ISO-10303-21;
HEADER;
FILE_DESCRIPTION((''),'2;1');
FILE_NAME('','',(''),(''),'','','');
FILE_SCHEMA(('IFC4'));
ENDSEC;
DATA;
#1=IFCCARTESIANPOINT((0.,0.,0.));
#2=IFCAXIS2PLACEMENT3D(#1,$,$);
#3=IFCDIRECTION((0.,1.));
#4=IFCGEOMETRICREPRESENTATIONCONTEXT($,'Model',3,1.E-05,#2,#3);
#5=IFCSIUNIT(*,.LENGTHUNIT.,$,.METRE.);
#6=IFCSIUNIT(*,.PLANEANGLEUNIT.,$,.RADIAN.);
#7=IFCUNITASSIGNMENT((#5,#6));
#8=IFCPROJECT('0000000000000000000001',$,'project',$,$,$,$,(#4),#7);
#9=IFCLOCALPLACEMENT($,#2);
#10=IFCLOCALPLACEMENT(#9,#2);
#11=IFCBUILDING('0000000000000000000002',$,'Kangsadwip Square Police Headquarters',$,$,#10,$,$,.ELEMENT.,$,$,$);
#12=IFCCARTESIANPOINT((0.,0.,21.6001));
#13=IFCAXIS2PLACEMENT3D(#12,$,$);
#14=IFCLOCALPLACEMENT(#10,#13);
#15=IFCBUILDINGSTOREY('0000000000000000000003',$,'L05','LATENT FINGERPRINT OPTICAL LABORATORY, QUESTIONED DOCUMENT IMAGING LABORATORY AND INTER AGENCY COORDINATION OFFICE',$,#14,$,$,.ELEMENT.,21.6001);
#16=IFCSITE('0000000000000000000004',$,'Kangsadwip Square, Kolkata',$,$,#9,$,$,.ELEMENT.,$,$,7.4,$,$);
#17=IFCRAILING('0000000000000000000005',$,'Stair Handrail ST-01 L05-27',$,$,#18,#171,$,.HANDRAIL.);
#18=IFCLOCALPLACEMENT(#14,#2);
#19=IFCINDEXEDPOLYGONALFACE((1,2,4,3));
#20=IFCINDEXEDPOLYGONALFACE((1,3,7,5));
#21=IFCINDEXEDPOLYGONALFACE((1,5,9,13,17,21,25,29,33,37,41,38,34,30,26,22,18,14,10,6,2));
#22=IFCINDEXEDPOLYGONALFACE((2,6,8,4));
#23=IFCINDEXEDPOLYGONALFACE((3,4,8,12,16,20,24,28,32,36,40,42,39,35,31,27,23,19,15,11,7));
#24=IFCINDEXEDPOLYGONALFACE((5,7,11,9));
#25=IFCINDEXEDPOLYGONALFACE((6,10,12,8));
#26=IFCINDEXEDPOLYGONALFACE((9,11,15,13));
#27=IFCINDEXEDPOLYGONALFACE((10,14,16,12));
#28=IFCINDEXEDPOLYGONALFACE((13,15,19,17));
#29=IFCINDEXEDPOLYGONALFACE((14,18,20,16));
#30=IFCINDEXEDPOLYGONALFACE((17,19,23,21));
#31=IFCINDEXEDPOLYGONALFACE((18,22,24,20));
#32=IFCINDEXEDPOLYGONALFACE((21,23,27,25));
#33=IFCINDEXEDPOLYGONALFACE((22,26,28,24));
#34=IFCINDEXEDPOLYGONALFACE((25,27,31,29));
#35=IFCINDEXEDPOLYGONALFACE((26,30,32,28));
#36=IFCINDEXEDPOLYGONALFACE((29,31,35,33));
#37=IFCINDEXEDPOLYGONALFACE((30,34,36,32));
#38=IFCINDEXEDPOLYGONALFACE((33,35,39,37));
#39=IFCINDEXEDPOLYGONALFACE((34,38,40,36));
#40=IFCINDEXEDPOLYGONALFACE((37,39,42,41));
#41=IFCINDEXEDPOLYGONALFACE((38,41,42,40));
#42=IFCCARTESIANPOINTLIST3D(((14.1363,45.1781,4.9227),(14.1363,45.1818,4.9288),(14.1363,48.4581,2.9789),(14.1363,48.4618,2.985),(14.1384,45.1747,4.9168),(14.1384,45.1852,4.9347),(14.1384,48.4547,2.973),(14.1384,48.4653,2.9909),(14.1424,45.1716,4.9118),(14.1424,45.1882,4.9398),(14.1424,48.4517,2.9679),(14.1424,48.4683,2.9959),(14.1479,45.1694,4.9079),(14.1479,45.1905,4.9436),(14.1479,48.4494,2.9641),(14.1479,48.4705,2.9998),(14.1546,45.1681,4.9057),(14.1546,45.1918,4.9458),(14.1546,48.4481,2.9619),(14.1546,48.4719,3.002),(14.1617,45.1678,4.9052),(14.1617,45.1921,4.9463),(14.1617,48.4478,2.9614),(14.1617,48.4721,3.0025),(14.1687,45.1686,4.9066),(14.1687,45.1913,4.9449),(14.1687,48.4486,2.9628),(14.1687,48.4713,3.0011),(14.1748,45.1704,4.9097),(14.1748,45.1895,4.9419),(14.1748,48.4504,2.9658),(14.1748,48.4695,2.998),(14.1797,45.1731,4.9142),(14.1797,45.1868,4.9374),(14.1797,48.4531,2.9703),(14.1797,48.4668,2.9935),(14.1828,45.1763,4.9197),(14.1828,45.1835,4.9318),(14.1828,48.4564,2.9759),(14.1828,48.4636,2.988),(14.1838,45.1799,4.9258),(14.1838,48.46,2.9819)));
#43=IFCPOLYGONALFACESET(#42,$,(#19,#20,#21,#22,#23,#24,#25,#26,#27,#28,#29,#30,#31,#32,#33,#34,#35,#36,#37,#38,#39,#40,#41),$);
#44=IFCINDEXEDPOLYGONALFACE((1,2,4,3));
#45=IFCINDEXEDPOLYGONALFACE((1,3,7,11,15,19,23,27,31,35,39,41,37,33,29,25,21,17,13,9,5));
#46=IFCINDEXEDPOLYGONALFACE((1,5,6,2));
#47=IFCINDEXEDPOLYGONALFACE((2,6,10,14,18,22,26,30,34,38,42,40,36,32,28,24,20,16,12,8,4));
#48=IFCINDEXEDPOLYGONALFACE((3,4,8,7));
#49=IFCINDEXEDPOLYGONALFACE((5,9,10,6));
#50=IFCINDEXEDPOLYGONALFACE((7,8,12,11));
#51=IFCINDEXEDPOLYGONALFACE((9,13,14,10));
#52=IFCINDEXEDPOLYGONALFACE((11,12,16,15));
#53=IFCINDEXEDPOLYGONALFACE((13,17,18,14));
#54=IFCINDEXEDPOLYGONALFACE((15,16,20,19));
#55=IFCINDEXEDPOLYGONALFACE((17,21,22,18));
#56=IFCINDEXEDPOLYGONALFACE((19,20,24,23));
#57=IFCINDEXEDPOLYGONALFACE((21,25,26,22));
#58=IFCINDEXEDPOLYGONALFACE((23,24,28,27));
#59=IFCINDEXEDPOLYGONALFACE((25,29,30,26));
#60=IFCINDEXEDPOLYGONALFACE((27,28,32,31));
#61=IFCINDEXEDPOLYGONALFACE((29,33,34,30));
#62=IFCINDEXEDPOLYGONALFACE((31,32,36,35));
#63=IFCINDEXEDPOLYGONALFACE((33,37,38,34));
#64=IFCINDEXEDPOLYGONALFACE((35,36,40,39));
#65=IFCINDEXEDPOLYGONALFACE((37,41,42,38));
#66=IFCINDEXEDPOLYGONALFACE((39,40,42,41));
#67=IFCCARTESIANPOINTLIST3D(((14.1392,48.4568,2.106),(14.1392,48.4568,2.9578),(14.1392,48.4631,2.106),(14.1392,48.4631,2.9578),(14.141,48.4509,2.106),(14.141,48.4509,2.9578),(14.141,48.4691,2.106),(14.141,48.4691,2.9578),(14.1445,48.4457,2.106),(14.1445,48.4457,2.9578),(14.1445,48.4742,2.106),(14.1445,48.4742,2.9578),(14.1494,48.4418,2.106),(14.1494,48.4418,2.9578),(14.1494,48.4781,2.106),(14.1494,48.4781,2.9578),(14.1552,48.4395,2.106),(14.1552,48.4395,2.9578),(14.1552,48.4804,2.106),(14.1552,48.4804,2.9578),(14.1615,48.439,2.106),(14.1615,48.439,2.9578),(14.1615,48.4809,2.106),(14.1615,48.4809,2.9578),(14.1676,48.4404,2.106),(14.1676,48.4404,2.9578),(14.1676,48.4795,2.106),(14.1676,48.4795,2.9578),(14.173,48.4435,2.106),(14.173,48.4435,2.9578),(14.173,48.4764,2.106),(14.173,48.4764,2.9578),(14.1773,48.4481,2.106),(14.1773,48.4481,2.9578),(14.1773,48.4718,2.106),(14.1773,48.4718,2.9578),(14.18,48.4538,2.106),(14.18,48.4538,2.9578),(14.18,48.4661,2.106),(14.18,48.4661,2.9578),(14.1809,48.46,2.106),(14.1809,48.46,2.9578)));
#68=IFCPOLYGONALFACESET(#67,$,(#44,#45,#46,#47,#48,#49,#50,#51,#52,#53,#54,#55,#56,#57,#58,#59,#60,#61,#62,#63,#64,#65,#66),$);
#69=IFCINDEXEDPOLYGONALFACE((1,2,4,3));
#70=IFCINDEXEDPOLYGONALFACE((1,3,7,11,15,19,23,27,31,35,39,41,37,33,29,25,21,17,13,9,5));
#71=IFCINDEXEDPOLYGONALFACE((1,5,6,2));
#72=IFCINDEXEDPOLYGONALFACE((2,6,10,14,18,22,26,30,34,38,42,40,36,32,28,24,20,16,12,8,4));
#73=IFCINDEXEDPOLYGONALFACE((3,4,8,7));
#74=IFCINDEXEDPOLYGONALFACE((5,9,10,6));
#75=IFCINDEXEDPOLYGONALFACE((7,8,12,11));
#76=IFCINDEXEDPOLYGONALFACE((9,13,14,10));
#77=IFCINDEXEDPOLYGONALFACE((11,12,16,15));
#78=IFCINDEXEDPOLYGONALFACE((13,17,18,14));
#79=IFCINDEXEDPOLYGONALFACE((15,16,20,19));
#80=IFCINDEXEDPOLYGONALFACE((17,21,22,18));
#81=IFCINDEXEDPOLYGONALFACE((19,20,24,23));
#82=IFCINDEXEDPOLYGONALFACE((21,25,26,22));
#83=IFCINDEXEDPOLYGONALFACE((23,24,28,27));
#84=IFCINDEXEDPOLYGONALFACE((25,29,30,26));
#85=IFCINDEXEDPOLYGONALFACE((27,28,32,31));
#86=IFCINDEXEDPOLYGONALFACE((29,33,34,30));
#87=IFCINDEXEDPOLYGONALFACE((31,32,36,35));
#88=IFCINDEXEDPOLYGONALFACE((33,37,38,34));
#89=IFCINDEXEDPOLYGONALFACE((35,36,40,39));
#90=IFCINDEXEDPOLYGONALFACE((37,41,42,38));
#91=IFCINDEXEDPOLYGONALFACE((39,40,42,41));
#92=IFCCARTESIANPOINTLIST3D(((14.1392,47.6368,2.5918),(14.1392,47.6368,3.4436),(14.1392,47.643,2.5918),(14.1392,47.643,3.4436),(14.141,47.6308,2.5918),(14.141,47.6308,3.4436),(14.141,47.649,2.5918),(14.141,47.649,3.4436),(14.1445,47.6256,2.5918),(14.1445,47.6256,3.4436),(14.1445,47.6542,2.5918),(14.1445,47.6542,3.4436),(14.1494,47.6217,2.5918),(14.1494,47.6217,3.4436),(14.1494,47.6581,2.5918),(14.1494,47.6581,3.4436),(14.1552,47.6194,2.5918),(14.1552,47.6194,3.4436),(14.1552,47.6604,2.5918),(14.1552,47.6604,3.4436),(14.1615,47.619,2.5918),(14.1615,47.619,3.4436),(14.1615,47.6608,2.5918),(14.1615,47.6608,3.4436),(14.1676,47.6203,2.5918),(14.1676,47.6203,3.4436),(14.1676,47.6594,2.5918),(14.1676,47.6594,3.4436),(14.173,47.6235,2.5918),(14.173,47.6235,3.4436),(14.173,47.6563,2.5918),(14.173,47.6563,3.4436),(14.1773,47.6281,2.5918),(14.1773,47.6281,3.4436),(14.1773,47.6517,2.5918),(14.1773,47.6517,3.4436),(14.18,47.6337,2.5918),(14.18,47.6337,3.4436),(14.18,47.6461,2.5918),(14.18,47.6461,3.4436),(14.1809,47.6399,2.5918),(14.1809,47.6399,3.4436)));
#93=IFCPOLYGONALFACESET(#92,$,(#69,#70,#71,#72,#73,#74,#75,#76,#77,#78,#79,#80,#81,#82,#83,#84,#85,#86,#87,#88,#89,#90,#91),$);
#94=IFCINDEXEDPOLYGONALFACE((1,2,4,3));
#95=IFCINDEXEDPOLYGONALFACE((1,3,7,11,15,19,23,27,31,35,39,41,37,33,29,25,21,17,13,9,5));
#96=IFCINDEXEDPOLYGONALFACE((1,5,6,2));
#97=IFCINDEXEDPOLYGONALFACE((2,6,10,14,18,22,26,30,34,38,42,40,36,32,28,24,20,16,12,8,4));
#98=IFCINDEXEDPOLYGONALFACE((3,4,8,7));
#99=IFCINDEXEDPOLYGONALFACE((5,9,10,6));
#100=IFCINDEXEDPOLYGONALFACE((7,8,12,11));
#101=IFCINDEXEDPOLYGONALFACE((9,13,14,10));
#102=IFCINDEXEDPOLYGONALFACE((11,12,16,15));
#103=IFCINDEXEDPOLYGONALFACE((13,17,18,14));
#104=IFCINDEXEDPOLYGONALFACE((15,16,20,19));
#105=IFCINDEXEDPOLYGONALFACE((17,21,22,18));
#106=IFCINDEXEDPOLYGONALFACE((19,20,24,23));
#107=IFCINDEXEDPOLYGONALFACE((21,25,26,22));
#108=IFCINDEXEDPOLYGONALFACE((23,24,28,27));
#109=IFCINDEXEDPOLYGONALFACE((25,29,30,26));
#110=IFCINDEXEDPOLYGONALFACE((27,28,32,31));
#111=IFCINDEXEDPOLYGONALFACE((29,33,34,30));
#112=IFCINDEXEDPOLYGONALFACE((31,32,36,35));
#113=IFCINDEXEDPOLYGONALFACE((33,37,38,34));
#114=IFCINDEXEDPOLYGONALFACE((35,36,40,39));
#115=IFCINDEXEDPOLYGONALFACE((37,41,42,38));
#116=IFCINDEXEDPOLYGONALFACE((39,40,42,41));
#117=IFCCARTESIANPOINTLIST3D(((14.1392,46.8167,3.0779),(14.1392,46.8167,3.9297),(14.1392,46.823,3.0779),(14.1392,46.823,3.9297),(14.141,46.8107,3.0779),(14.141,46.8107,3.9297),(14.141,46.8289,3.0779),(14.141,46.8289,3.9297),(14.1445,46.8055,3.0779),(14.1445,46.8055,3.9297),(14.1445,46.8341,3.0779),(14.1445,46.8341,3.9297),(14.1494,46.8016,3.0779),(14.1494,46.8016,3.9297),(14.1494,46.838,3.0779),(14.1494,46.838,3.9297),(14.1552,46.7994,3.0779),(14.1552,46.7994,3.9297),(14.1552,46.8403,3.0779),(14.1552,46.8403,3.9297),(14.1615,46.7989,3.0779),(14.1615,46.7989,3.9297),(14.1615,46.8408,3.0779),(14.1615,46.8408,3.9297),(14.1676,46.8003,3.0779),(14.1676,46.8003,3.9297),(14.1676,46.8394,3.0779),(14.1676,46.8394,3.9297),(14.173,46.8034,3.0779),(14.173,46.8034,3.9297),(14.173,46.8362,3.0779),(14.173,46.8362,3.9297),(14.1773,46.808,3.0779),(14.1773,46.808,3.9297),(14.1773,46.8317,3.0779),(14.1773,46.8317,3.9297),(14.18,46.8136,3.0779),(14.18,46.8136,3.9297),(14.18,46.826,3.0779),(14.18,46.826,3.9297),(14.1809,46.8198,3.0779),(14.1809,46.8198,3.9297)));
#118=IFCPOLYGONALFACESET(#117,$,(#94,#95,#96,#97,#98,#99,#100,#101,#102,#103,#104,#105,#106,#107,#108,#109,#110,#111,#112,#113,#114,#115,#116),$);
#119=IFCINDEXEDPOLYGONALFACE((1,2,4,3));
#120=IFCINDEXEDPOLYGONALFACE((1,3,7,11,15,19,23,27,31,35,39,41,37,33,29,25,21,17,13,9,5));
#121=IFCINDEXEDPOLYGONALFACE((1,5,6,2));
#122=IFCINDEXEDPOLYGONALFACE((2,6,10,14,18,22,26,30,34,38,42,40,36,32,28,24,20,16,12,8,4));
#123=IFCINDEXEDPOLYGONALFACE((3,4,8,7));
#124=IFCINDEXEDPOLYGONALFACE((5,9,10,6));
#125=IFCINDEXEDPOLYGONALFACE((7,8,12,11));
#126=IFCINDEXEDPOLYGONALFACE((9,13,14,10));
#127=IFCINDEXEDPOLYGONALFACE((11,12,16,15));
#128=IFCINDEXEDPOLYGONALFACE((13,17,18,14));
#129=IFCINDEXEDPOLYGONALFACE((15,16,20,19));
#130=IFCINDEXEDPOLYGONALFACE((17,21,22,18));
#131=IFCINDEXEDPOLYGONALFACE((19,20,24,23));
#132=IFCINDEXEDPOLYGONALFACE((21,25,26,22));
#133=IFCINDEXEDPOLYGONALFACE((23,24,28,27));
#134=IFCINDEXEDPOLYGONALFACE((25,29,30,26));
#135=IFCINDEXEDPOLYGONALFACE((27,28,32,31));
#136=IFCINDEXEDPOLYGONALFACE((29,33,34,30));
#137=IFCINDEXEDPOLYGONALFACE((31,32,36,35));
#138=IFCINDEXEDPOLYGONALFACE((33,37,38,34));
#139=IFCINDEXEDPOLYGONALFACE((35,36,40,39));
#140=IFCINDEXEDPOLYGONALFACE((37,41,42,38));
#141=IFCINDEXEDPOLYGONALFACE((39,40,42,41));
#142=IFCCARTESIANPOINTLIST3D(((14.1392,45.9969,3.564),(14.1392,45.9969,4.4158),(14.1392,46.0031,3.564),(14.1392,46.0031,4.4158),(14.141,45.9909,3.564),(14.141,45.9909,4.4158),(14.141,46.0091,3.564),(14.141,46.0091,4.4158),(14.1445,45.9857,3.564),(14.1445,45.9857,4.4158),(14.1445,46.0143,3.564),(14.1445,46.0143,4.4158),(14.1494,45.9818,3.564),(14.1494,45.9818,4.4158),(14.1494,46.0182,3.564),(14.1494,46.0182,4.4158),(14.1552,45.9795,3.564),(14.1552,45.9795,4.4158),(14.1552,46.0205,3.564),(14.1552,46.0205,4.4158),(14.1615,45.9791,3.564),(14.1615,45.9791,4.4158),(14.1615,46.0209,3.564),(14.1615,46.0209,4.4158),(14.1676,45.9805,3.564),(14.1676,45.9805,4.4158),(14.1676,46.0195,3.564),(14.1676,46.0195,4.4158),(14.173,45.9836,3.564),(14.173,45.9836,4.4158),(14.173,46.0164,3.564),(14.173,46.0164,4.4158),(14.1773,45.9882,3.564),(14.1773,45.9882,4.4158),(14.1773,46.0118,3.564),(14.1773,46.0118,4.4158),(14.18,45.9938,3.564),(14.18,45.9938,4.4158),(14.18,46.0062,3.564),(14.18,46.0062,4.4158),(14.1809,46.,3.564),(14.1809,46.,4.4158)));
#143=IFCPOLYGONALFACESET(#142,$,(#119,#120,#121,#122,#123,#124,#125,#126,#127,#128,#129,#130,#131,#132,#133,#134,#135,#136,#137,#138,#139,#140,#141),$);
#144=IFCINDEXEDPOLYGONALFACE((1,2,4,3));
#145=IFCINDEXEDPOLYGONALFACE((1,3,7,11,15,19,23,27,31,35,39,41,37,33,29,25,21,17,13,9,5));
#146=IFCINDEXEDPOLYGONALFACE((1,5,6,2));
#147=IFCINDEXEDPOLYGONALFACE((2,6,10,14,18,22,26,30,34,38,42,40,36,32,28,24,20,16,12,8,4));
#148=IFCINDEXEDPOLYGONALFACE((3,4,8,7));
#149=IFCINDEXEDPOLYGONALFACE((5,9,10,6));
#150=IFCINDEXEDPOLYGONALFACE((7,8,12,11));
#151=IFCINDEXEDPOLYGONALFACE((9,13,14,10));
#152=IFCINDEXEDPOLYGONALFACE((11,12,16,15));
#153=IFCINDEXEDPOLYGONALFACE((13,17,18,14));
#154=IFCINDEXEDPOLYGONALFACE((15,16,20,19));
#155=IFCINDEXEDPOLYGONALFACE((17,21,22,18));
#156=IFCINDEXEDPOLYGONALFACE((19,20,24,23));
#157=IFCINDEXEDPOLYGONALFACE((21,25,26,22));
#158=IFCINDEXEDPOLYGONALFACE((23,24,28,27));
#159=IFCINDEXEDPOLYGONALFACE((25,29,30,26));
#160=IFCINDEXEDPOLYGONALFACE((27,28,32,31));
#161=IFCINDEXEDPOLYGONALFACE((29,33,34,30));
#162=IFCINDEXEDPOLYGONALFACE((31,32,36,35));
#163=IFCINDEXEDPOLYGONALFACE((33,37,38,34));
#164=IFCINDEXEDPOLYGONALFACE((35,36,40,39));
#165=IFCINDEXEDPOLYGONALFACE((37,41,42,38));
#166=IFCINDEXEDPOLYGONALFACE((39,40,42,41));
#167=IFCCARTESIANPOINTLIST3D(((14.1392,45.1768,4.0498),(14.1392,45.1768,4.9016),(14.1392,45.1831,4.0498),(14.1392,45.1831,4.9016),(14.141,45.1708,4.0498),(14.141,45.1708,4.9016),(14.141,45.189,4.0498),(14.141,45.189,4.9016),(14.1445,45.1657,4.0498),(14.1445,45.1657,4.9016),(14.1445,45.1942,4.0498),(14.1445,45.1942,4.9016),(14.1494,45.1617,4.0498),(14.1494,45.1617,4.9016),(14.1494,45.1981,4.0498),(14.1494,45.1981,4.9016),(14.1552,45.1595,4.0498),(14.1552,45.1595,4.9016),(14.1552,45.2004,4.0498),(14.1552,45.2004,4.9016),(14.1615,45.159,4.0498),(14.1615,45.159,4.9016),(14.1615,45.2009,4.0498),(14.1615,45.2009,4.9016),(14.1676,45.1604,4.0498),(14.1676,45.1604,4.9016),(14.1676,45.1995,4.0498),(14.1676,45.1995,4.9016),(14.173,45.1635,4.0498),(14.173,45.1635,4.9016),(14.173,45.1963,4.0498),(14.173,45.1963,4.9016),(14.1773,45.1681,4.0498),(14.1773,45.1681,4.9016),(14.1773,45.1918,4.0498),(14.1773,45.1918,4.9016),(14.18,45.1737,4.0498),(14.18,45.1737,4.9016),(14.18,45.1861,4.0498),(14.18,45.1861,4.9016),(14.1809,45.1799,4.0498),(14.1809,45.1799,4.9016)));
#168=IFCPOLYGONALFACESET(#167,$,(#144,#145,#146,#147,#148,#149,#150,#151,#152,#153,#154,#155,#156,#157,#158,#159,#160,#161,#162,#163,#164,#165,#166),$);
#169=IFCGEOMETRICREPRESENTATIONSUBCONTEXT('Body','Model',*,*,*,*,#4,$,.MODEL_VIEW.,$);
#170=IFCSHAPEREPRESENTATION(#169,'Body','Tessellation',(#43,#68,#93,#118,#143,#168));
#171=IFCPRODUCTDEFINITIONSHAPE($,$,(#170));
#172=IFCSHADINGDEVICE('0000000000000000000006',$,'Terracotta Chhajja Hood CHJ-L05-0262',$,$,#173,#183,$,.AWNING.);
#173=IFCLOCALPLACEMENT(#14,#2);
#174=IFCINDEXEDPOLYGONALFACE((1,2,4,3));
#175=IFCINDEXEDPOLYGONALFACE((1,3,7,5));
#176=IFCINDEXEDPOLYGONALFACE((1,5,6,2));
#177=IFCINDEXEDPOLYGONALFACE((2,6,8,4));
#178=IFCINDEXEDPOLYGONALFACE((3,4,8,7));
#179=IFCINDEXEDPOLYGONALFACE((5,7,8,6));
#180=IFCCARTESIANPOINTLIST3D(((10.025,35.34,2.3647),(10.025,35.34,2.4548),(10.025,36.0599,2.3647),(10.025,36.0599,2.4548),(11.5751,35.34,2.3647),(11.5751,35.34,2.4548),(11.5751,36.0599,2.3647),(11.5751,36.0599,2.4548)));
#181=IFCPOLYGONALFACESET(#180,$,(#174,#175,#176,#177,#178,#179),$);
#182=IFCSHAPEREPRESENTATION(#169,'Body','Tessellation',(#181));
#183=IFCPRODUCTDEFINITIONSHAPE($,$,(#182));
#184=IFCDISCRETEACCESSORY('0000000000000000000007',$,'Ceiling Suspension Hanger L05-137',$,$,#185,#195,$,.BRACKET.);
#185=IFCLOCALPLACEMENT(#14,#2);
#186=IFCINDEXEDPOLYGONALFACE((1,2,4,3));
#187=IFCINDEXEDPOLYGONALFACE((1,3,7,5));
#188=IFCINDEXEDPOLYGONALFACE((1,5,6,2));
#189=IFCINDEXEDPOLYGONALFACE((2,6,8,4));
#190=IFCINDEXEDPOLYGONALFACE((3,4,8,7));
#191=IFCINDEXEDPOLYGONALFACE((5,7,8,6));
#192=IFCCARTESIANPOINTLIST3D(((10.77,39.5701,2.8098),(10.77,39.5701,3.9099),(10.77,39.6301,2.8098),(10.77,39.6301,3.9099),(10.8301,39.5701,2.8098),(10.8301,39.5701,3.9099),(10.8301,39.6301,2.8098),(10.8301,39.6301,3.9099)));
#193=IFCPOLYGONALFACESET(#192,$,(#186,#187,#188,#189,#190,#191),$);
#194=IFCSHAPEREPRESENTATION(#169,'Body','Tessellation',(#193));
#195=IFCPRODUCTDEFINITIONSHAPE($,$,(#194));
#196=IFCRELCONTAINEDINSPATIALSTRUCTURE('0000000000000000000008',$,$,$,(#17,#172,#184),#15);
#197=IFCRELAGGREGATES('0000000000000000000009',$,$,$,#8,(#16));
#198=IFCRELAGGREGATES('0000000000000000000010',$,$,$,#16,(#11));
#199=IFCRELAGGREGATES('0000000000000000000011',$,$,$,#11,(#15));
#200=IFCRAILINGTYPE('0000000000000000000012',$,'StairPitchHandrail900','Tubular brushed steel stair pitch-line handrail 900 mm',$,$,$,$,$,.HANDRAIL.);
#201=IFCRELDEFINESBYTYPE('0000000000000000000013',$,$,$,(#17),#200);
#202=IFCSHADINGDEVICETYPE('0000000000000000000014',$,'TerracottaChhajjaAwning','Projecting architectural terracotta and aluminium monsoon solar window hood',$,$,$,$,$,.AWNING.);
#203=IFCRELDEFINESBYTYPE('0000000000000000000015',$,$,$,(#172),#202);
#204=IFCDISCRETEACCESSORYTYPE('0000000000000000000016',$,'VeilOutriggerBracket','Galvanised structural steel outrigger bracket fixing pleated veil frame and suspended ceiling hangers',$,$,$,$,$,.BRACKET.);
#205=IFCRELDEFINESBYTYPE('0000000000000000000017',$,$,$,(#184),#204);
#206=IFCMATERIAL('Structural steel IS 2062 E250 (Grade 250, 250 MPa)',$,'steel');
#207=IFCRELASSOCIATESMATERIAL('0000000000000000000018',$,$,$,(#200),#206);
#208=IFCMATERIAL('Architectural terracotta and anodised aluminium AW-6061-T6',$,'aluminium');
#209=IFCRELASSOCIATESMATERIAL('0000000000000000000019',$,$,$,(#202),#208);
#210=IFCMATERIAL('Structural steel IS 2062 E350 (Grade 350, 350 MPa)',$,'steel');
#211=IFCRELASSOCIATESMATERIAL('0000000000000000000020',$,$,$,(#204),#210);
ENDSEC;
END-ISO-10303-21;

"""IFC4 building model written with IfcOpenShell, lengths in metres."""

from ifc_helpers import new_model, si_unit, direction, frame, origin, origin_2d, place, context, subcontext, project, spatial, rectangle, circle, extrude, material, type_object, element, save


model = new_model("IFC4")

# Units and contexts
model_context = context("Model", 3, precision=1e-05, world=origin(), true_north=direction((0.0, 1.0)))
body_context = subcontext(model_context, "Body", "Model", "MODEL_VIEW")
ifc_project = project(units=[si_unit("LENGTHUNIT", "METRE"), si_unit("PLANEANGLEUNIT", "RADIAN")], contexts=[model_context])

# Site, building, storey
site_placement = place(None, origin())
site = spatial("IfcSite", under=ifc_project, at=site_placement, Name="Kangsadwip Square, Kolkata", CompositionType="ELEMENT", RefElevation=7.4)
building_placement = place(site_placement, origin())
building = spatial("IfcBuilding", under=site, at=building_placement, Name="Kangsadwip Square Police Headquarters", CompositionType="ELEMENT")
storey_placement = place(building_placement, frame((0.0, 0.0, 21.6001)))
storey = spatial("IfcBuildingStorey", under=building, at=storey_placement, Name="L05", Description="LATENT FINGERPRINT OPTICAL LABORATORY, QUESTIONED DOCUMENT IMAGING LABORATORY AND INTER AGENCY COORDINATION OFFICE", CompositionType="ELEMENT", Elevation=21.6001)

# Railing
ifc_material_1 = material(Name="Structural steel IS 2062 E250 (Grade 250, 250 MPa)", Category="steel")
railing_type_1 = type_object("IfcRailingType", Name="StairPitchHandrail900", Description="Tubular brushed steel stair pitch-line handrail 900 mm", PredefinedType="HANDRAIL", material=ifc_material_1)
railing_1_placement = place(storey_placement, frame((14.1599, 48.46, 2.106)))
element("IfcRailing", 1, at=railing_1_placement, inside=storey, type_object=railing_type_1, Name="Stair Handrail ST-01 L05-27", PredefinedType="HANDRAIL", context=body_context, shape_type="SweptSolid", body=[
    extrude(circle(Radius=0.0239, at=origin_2d()), frame((0.0, 0.0, 0.876), z_axis=(0.0, -0.860277, 0.509827), x_axis=(1.0, 0.0, 0.0)), (0.0, 0.0, 1.0), 3.8127),
    extrude(circle(Radius=0.021, at=origin_2d()), origin(), (0.0, 0.0, 1.0), 0.8518),
    extrude(circle(Radius=0.021, at=origin_2d()), frame((0.0, -0.8201, 0.4858)), (0.0, 0.0, 1.0), 0.8518),
    extrude(circle(Radius=0.021, at=origin_2d()), frame((0.0, -1.6401, 0.9719)), (0.0, 0.0, 1.0), 0.8518),
    extrude(circle(Radius=0.021, at=origin_2d()), frame((0.0, -2.46, 1.458)), (0.0, 0.0, 1.0), 0.8518),
    extrude(circle(Radius=0.021, at=origin_2d()), frame((0.0, -3.28, 1.9438)), (0.0, 0.0, 1.0), 0.8518),
])

# Shading device
ifc_material_2 = material(Name="Architectural terracotta and anodised aluminium AW-6061-T6", Category="aluminium")
shading_device_type = type_object("IfcShadingDeviceType", Name="TerracottaChhajjaAwning", Description="Projecting architectural terracotta and aluminium monsoon solar window hood", PredefinedType="AWNING", material=ifc_material_2)
shading_device_placement = place(storey_placement, frame((10.8, 35.7, 2.3647), z_axis=(0.0, 0.0, 1.0), x_axis=(1.0, 0.0, 0.0)))
element("IfcShadingDevice", 2, at=shading_device_placement, inside=storey, type_object=shading_device_type, Name="Terracotta Chhajja Hood CHJ-L05-0262", PredefinedType="AWNING", context=body_context, shape_type="SweptSolid", body=[
    extrude(rectangle(XDim=1.55, YDim=0.72, at=origin_2d()), origin(), (0.0, 0.0, 1.0), 0.0901),
])

# Discrete accessory
ifc_material_3 = material(Name="Structural steel IS 2062 E350 (Grade 350, 350 MPa)", Category="steel")
discrete_accessory_type = type_object("IfcDiscreteAccessoryType", Name="VeilOutriggerBracket", Description="Galvanised structural steel outrigger bracket fixing pleated veil frame and suspended ceiling hangers", PredefinedType="BRACKET", material=ifc_material_3)
discrete_accessory_placement = place(storey_placement, frame((10.8, 39.6001, 2.8098), z_axis=(0.0, 0.0, 1.0), x_axis=(1.0, 0.0, 0.0)))
element("IfcDiscreteAccessory", 3, at=discrete_accessory_placement, inside=storey, type_object=discrete_accessory_type, Name="Ceiling Suspension Hanger L05-137", PredefinedType="BRACKET", context=body_context, shape_type="SweptSolid", body=[
    extrude(rectangle(XDim=0.0601, YDim=0.0601, at=origin_2d()), origin(), (0.0, 0.0, 1.0), 1.1001),
])

save(model, "model.ifc")
